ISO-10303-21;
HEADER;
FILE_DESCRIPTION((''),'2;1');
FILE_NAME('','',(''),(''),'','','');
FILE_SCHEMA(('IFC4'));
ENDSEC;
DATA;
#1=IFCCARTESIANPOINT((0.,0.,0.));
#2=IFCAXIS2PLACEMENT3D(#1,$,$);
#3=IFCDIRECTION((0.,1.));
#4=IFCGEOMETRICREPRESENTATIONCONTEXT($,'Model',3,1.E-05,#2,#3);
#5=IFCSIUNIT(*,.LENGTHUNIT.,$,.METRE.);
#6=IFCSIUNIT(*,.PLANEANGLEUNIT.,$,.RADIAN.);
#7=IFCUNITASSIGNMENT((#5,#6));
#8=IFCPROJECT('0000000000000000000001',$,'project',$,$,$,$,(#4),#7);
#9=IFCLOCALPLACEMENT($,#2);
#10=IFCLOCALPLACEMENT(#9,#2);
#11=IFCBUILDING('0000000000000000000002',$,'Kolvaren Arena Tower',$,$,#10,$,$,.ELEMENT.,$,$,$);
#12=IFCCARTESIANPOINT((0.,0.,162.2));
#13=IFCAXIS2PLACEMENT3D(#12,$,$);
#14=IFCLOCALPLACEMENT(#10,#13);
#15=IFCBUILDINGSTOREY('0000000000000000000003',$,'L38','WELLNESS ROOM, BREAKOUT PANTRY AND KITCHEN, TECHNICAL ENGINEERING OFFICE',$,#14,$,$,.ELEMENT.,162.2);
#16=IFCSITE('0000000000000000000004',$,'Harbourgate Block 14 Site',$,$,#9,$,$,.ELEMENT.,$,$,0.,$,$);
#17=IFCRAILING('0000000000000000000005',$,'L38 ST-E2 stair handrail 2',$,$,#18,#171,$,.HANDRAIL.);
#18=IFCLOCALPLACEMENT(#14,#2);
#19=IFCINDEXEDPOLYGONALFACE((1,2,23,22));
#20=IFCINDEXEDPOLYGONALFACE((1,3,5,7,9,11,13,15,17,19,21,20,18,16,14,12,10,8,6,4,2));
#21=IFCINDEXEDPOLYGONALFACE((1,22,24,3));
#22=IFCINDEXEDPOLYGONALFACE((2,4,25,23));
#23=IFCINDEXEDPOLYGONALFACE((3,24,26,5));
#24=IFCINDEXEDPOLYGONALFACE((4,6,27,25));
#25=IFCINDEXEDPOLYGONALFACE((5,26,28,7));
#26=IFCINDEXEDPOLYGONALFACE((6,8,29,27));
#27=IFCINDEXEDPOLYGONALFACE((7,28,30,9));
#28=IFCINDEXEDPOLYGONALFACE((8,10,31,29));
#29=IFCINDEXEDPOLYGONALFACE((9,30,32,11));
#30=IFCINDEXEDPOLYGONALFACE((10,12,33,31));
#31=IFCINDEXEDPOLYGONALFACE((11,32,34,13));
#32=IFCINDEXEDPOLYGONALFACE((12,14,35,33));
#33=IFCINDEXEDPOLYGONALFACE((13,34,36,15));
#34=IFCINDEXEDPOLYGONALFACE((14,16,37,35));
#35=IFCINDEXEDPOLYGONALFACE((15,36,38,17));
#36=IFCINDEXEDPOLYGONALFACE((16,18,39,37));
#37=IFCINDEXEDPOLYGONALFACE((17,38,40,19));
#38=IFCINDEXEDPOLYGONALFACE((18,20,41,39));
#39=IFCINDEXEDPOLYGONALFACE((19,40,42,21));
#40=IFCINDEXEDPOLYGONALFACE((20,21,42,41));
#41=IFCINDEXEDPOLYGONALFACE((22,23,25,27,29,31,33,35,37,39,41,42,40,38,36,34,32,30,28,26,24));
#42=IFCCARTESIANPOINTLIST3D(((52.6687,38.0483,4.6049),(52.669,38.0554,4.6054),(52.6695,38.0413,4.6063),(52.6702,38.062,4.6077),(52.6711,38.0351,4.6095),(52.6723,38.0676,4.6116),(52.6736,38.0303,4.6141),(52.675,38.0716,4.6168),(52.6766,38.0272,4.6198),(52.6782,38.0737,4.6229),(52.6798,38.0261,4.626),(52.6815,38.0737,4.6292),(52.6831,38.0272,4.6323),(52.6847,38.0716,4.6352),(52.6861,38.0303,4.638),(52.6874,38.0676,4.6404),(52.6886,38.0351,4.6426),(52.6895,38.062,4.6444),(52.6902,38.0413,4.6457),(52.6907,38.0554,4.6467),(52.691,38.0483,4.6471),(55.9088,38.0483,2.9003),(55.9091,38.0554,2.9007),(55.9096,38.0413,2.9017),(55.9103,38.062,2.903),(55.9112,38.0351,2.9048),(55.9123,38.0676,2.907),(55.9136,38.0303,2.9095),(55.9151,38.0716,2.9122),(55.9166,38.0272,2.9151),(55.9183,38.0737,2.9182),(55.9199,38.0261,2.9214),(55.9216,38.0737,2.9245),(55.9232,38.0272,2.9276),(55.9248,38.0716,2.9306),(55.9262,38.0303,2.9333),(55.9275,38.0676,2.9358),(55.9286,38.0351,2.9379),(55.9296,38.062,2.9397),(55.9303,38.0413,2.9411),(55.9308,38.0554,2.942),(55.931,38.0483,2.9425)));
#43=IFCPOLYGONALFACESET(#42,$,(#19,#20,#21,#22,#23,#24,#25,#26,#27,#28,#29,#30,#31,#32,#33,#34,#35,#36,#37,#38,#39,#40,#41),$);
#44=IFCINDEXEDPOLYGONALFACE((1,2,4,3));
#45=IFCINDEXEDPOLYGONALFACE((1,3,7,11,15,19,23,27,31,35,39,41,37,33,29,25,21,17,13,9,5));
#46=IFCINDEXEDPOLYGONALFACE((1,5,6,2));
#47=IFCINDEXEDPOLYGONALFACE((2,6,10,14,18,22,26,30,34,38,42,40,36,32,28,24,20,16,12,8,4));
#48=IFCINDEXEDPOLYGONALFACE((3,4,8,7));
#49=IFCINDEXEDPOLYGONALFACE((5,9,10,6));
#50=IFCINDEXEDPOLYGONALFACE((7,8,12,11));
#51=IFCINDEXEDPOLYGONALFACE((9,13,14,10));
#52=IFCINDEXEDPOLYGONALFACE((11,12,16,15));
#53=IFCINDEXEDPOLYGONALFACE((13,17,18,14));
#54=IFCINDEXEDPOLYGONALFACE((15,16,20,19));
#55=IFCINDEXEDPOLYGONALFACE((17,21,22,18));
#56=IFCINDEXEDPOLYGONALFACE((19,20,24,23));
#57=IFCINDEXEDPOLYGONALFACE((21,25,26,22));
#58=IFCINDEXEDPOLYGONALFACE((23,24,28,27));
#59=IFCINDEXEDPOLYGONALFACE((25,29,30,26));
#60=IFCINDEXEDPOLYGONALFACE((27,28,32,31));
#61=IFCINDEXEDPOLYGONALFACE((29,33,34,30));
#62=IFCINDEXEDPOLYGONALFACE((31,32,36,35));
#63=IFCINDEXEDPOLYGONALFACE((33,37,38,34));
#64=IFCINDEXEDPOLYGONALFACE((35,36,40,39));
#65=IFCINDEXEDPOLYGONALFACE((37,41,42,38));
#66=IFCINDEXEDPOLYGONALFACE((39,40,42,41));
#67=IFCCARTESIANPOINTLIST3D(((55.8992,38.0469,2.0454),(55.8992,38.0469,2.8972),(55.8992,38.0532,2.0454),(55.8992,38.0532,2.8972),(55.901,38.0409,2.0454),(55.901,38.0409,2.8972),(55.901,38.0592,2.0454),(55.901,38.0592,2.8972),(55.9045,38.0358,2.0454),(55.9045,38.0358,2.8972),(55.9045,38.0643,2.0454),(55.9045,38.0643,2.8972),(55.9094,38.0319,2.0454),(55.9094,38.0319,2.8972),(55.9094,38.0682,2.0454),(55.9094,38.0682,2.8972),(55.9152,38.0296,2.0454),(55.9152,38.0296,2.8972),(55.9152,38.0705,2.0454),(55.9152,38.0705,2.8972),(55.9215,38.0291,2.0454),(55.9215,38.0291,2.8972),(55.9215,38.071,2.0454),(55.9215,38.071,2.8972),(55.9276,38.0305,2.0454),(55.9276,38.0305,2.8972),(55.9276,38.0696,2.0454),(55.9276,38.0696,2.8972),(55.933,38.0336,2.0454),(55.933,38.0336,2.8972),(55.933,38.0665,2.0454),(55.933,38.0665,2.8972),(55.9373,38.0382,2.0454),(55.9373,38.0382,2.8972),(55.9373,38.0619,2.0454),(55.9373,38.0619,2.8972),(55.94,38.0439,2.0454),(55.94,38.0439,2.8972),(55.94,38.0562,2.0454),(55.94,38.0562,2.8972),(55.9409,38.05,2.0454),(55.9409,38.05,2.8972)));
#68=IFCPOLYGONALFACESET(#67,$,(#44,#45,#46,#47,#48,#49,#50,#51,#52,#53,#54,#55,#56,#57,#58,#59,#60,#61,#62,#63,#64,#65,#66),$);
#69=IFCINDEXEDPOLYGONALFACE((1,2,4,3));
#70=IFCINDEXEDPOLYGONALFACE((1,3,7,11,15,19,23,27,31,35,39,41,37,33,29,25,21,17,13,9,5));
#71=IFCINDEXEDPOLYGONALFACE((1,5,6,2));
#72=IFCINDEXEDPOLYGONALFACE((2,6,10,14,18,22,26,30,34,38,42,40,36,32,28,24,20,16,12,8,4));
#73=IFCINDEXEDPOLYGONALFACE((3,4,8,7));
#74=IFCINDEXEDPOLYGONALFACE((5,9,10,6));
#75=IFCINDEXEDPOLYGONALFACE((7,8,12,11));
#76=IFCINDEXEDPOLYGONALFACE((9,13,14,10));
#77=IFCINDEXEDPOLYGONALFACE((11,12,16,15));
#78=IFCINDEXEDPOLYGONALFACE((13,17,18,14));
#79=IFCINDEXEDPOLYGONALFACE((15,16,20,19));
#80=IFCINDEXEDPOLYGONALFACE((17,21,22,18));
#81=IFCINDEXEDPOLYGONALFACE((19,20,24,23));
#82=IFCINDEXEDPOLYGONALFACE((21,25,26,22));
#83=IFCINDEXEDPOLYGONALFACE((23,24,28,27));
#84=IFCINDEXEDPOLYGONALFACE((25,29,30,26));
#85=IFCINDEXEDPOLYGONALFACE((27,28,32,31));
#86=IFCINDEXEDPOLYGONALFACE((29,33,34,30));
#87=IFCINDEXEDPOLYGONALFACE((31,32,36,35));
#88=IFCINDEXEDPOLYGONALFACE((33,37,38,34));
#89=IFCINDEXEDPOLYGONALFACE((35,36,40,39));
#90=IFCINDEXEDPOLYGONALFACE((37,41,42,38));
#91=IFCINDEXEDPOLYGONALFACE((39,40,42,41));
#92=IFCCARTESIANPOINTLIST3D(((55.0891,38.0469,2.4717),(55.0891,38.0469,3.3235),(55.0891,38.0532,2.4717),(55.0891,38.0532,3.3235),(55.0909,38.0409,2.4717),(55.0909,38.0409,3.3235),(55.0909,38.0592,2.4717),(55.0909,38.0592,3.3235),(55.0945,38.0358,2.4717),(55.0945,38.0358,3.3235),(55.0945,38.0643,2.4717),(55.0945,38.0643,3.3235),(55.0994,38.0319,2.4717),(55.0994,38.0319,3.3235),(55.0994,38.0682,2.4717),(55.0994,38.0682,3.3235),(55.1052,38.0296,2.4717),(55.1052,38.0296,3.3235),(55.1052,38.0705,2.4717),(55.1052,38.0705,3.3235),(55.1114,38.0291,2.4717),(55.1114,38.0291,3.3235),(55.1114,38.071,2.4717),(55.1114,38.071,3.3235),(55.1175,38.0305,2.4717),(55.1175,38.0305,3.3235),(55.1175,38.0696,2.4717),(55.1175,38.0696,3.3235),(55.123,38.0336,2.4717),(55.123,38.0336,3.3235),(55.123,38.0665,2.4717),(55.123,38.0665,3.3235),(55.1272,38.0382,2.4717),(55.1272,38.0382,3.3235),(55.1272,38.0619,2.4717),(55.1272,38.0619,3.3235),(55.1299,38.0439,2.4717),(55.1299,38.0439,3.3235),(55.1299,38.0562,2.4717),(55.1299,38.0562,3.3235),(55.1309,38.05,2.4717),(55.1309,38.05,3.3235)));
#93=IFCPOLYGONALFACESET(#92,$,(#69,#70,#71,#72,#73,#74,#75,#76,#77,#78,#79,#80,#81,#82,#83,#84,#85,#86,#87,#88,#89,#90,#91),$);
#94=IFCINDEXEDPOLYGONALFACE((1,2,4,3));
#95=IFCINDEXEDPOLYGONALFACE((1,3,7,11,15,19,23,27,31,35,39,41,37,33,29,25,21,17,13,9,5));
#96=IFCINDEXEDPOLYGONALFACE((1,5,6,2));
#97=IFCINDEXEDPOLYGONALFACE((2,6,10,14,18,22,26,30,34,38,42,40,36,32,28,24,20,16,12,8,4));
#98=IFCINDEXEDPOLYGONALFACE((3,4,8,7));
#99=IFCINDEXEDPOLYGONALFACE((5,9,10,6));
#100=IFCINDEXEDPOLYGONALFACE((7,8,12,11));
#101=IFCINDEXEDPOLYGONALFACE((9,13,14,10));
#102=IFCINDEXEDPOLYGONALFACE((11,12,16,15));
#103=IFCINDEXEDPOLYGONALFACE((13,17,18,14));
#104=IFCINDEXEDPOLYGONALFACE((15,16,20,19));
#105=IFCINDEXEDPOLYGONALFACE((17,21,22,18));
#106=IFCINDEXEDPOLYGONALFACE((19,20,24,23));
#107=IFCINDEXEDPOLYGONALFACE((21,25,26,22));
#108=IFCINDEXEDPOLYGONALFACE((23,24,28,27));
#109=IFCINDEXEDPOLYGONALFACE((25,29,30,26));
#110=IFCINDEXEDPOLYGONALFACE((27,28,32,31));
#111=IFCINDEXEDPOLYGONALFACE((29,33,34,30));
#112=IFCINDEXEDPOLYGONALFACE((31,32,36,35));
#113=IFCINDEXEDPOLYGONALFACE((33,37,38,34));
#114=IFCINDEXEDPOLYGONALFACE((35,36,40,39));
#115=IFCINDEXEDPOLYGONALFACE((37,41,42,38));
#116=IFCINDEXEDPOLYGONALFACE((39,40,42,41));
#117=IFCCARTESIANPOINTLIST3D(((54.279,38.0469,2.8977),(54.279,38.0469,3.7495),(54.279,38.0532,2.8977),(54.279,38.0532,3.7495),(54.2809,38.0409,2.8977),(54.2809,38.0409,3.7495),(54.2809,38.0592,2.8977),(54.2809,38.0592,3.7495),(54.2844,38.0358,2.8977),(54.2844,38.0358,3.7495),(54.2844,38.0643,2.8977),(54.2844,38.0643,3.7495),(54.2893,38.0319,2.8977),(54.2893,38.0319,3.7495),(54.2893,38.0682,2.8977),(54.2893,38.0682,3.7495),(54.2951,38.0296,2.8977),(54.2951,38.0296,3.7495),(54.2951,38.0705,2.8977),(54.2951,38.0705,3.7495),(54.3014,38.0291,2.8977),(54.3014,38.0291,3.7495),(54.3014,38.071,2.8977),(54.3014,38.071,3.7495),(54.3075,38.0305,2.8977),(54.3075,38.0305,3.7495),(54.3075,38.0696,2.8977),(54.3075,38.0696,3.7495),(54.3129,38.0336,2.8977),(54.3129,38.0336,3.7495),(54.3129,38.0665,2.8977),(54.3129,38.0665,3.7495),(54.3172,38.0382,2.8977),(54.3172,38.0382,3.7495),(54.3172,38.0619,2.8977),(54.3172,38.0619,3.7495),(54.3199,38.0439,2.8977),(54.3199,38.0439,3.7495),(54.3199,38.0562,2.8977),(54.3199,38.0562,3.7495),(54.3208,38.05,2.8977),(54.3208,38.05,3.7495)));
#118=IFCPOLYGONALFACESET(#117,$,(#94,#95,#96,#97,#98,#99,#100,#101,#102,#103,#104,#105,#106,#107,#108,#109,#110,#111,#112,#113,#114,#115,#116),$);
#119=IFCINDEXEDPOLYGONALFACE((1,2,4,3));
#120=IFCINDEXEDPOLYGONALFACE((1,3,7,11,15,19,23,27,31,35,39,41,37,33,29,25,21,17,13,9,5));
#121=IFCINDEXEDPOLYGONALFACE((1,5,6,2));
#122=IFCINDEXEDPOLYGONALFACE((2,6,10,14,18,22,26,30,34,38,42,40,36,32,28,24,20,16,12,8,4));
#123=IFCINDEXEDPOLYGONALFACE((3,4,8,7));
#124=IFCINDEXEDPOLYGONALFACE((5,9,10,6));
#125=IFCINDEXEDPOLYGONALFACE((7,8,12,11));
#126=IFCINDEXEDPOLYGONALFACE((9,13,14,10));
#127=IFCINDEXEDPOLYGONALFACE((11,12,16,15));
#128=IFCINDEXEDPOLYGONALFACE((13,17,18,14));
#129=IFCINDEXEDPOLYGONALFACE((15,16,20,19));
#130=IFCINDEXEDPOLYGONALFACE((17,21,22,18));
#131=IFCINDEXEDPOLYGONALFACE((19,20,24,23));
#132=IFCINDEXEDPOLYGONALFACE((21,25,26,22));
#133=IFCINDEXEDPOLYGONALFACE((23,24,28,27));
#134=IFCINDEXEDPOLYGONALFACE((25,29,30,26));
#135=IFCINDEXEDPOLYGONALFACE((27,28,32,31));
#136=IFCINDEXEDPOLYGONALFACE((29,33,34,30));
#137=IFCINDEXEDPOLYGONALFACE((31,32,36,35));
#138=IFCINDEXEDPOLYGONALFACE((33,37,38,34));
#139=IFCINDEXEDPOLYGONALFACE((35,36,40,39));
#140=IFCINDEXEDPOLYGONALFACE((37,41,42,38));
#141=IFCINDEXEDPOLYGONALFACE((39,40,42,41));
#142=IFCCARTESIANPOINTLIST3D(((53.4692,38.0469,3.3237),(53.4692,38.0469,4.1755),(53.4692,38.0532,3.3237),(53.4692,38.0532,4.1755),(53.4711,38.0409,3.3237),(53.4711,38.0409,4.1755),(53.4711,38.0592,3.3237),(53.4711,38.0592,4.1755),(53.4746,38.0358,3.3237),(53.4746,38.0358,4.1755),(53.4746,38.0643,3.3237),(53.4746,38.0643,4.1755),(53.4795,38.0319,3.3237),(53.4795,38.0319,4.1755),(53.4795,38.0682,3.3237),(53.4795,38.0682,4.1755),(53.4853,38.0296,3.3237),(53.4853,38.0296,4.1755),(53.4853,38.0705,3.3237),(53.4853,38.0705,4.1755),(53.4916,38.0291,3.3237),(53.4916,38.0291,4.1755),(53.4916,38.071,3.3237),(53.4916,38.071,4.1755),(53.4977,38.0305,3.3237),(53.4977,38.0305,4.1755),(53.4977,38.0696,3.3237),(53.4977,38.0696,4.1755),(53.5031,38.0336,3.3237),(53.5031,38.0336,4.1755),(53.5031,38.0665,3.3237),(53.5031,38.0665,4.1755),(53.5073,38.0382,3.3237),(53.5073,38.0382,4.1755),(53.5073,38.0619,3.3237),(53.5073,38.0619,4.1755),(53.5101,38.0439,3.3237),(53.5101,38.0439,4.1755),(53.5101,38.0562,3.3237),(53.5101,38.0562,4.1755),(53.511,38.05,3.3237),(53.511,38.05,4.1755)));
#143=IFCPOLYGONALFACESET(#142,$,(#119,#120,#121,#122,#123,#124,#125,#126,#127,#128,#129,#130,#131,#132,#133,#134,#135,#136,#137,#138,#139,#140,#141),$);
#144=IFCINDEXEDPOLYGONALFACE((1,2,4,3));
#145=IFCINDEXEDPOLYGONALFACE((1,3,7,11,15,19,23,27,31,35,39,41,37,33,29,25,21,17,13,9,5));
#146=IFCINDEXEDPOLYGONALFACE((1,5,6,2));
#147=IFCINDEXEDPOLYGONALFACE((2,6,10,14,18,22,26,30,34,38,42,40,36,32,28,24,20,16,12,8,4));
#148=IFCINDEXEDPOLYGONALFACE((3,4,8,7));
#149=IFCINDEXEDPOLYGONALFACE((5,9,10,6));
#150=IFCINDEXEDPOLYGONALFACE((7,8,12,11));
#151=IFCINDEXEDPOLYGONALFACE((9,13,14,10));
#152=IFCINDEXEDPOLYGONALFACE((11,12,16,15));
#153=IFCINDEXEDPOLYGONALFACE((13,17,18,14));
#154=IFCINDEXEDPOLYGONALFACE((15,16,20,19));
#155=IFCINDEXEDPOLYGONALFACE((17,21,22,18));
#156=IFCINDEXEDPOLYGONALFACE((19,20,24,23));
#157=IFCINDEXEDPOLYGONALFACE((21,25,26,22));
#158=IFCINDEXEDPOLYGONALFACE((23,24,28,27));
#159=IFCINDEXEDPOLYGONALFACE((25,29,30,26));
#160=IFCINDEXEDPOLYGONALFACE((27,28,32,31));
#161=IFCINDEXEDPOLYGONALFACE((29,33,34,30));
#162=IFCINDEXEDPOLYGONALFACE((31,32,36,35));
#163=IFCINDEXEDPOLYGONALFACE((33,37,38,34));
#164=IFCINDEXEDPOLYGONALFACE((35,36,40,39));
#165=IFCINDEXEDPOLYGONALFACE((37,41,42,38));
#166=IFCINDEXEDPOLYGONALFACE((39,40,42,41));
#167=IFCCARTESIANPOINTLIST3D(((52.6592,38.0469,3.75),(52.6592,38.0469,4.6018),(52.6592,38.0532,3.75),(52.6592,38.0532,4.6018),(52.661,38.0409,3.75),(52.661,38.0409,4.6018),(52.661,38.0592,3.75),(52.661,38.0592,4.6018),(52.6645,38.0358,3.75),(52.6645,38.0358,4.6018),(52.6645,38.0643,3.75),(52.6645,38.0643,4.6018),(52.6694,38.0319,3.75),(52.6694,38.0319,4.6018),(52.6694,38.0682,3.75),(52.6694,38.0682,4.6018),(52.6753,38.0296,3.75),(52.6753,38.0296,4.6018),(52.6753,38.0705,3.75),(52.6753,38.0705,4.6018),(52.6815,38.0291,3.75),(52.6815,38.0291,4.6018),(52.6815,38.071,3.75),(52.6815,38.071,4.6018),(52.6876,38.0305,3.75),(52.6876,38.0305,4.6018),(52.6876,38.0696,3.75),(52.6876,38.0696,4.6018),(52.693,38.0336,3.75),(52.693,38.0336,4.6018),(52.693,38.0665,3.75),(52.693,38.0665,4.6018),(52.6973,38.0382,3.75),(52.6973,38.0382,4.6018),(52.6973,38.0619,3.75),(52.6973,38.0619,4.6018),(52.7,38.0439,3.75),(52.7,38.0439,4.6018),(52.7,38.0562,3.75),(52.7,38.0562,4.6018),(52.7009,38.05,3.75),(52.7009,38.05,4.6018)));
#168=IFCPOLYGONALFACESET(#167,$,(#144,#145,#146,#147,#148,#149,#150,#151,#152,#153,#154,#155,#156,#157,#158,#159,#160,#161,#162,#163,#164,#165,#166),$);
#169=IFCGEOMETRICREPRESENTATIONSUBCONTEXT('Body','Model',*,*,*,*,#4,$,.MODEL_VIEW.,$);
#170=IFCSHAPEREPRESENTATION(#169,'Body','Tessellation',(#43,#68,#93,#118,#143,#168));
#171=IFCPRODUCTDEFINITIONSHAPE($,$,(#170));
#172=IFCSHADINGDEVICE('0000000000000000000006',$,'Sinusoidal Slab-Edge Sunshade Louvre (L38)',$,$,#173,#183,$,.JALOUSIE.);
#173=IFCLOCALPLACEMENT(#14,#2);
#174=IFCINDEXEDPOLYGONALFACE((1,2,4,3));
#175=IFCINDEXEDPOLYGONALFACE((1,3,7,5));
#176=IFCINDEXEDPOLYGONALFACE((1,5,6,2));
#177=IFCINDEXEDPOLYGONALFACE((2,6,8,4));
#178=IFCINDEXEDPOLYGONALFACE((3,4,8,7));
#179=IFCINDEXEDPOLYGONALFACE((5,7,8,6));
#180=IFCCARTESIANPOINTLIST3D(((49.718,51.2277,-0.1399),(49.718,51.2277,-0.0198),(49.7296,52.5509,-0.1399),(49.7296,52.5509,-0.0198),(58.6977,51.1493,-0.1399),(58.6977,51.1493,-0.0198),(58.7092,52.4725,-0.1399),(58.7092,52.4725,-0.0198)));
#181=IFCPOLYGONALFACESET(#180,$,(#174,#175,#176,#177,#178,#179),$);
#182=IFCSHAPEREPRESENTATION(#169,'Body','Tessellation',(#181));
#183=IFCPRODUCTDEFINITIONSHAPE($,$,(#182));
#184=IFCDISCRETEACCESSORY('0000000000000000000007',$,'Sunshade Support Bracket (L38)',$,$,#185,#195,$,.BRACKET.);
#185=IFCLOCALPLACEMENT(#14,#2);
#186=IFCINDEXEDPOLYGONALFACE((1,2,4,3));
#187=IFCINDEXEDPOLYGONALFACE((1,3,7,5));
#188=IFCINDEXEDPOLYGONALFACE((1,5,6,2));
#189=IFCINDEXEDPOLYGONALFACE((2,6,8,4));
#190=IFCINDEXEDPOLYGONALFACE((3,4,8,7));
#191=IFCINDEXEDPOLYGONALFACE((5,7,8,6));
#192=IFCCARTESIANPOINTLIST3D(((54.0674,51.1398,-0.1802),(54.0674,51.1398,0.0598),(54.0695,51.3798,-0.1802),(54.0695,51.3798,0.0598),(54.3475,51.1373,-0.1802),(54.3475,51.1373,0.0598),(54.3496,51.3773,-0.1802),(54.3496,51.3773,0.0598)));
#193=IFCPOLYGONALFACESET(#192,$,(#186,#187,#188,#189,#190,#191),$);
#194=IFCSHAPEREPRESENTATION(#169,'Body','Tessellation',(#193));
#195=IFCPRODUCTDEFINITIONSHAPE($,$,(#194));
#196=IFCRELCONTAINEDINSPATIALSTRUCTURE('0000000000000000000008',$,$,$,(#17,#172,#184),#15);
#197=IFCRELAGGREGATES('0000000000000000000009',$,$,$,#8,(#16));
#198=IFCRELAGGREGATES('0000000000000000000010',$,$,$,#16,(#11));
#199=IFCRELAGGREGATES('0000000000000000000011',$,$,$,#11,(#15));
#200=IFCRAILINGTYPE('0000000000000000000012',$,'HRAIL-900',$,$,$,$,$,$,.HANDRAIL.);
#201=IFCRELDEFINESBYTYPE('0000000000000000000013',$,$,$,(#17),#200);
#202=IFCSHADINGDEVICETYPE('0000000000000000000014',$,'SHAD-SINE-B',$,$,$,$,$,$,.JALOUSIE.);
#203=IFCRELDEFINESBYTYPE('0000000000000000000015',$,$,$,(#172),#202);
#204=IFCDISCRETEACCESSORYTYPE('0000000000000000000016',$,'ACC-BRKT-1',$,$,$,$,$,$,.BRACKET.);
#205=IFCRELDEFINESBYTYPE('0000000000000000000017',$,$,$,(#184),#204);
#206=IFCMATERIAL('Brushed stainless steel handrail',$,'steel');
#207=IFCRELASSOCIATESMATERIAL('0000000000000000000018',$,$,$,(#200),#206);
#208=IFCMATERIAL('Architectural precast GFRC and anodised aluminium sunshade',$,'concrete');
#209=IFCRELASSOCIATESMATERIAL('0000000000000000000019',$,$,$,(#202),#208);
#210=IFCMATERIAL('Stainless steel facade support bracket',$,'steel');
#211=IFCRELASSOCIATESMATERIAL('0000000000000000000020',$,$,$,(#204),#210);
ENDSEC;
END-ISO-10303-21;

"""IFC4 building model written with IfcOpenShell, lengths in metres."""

from ifc_helpers import new_model, si_unit, direction, frame, origin, origin_2d, place, context, subcontext, project, spatial, rectangle, circle, extrude, material, type_object, element, save


model = new_model("IFC4")

# Units and contexts
model_context = context("Model", 3, precision=1e-05, world=origin(), true_north=direction((0.0, 1.0)))
body_context = subcontext(model_context, "Body", "Model", "MODEL_VIEW")
ifc_project = project(units=[si_unit("LENGTHUNIT", "METRE"), si_unit("PLANEANGLEUNIT", "RADIAN")], contexts=[model_context])

# Site, building, storey
site_placement = place(None, origin())
site = spatial("IfcSite", under=ifc_project, at=site_placement, Name="Harbourgate Block 14 Site", CompositionType="ELEMENT", RefElevation=0.0)
building_placement = place(site_placement, origin())
building = spatial("IfcBuilding", under=site, at=building_placement, Name="Kolvaren Arena Tower", CompositionType="ELEMENT")
storey_placement = place(building_placement, frame((0.0, 0.0, 162.2)))
storey = spatial("IfcBuildingStorey", under=building, at=storey_placement, Name="L38", Description="WELLNESS ROOM, BREAKOUT PANTRY AND KITCHEN, TECHNICAL ENGINEERING OFFICE", CompositionType="ELEMENT", Elevation=162.2)

# Railing
ifc_material_1 = material(Name="Brushed stainless steel handrail", Category="steel")
railing_type = type_object("IfcRailingType", Name="HRAIL-900", PredefinedType="HANDRAIL", material=ifc_material_1)
railing_placement = place(storey_placement, frame((55.9199, 38.05, 2.0454)))
element("IfcRailing", 1, at=railing_placement, inside=storey, type_object=railing_type, Name="L38 ST-E2 stair handrail 2", PredefinedType="HANDRAIL", context=body_context, shape_type="SweptSolid", body=[
    extrude(circle(Radius=0.0239, at=origin_2d()), frame((0.0, 0.0, 0.876), z_axis=(-0.884993, 0.0, 0.465604), x_axis=(0.0, -1.0, 0.0)), (0.0, 0.0, 1.0), 3.6611),
    extrude(circle(Radius=0.021, at=origin_2d()), origin(), (0.0, 0.0, 1.0), 0.8518),
    extrude(circle(Radius=0.021, at=origin_2d()), frame((-0.8101, 0.0, 0.4263)), (0.0, 0.0, 1.0), 0.8518),
    extrude(circle(Radius=0.021, at=origin_2d()), frame((-1.6201, 0.0, 0.8523)), (0.0, 0.0, 1.0), 0.8518),
    extrude(circle(Radius=0.021, at=origin_2d()), frame((-2.4299, 0.0, 1.2783)), (0.0, 0.0, 1.0), 0.8518),
    extrude(circle(Radius=0.021, at=origin_2d()), frame((-3.24, 0.0, 1.7046)), (0.0, 0.0, 1.0), 0.8518),
])

# Shading device
ifc_material_2 = material(Name="Architectural precast GFRC and anodised aluminium sunshade", Category="concrete")
shading_device_type = type_object("IfcShadingDeviceType", Name="SHAD-SINE-B", PredefinedType="JALOUSIE", material=ifc_material_2)
shading_device_placement = place(storey_placement, frame((54.2136, 51.8501, -0.1399), z_axis=(0.0, 0.0, 1.0), x_axis=(0.999962, -0.008727, 0.0)))
element("IfcShadingDevice", 2, at=shading_device_placement, inside=storey, type_object=shading_device_type, Name="Sinusoidal Slab-Edge Sunshade Louvre (L38)", PredefinedType="JALOUSIE", context=body_context, shape_type="SweptSolid", body=[
    extrude(rectangle(XDim=8.98, YDim=1.3232, at=origin_2d()), origin(), (0.0, 0.0, 1.0), 0.1201),
])

# Discrete accessory
ifc_material_3 = material(Name="Stainless steel facade support bracket", Category="steel")
discrete_accessory_type = type_object("IfcDiscreteAccessoryType", Name="ACC-BRKT-1", PredefinedType="BRACKET", material=ifc_material_3)
discrete_accessory_placement = place(storey_placement, frame((54.2085, 51.2585, -0.1802), z_axis=(0.0, 0.0, 1.0), x_axis=(0.999962, -0.008727, 0.0)))
element("IfcDiscreteAccessory", 3, at=discrete_accessory_placement, inside=storey, type_object=discrete_accessory_type, Name="Sunshade Support Bracket (L38)", PredefinedType="BRACKET", context=body_context, shape_type="SweptSolid", body=[
    extrude(rectangle(XDim=0.28, YDim=0.24, at=origin_2d()), origin(), (0.0, 0.0, 1.0), 0.24),
])

save(model, "model.ifc")
